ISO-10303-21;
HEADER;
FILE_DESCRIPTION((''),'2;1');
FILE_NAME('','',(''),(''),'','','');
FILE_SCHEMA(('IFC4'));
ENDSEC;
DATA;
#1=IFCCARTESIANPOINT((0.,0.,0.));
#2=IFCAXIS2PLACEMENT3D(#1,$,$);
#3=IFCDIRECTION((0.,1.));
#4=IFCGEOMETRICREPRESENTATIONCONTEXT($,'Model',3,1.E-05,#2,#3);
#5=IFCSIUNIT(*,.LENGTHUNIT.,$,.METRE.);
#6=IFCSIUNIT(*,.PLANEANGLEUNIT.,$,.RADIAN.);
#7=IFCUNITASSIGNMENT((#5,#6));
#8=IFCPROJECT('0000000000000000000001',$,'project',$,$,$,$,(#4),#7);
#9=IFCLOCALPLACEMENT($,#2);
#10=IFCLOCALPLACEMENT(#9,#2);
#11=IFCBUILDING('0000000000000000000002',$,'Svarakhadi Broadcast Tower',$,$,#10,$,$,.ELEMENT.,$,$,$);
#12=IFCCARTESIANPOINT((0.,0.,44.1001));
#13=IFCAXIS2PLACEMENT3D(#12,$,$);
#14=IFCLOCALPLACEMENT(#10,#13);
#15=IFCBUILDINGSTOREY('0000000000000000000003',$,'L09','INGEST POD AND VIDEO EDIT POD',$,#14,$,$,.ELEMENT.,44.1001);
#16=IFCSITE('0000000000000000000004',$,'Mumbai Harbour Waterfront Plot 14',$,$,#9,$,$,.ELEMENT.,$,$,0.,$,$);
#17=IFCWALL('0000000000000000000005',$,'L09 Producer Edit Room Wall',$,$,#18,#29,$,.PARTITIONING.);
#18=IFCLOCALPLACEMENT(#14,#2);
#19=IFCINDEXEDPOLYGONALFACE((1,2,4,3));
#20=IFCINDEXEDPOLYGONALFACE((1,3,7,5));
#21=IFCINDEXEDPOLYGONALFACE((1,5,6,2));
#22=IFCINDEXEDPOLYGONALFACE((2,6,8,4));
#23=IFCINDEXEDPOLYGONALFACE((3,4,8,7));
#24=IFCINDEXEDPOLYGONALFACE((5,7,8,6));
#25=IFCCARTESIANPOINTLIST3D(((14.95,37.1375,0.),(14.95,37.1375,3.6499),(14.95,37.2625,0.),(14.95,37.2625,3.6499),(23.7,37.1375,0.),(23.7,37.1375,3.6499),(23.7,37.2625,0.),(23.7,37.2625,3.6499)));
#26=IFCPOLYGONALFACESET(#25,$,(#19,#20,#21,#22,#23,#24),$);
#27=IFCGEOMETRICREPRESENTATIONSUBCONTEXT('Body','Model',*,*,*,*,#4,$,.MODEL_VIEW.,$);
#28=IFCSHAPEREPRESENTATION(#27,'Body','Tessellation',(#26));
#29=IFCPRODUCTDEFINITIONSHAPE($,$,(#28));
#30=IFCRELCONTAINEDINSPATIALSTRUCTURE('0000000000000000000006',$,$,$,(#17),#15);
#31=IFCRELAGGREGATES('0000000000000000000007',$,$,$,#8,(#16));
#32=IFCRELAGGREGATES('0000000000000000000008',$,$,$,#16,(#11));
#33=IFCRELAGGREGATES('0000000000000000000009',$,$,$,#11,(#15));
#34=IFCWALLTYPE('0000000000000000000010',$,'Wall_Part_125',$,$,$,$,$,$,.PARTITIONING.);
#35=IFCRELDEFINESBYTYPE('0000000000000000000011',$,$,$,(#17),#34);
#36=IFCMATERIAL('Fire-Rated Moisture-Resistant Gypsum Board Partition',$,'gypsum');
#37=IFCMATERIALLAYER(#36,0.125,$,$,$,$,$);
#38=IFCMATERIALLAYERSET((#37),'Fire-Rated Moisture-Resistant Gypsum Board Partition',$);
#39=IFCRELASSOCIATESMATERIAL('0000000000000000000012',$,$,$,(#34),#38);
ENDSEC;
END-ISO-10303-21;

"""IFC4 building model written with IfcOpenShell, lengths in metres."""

from ifc_helpers import new_model, si_unit, direction, frame, frame_2d, origin, place, context, subcontext, project, spatial, rectangle, extrude, material, layer, layer_set, type_object, element, save


model = new_model("IFC4")

# Units and contexts
model_context = context("Model", 3, precision=1e-05, world=origin(), true_north=direction((0.0, 1.0)))
body_context = subcontext(model_context, "Body", "Model", "MODEL_VIEW")
ifc_project = project(units=[si_unit("LENGTHUNIT", "METRE"), si_unit("PLANEANGLEUNIT", "RADIAN")], contexts=[model_context])

# Site, building, storey
site_placement = place(None, origin())
site = spatial("IfcSite", under=ifc_project, at=site_placement, Name="Mumbai Harbour Waterfront Plot 14", CompositionType="ELEMENT", RefElevation=0.0)
building_placement = place(site_placement, origin())
building = spatial("IfcBuilding", under=site, at=building_placement, Name="Svarakhadi Broadcast Tower", CompositionType="ELEMENT")
storey_placement = place(building_placement, frame((0.0, 0.0, 44.1001)))
storey = spatial("IfcBuildingStorey", under=building, at=storey_placement, Name="L09", Description="INGEST POD AND VIDEO EDIT POD", CompositionType="ELEMENT", Elevation=44.1001)

# Wall
ifc_material_1 = material(Name="Fire-Rated Moisture-Resistant Gypsum Board Partition", Category="gypsum")
ifc_layer_1 = layer(ifc_material_1, 0.125)
ifc_layer_set_1 = layer_set([ifc_layer_1], Name="Fire-Rated Moisture-Resistant Gypsum Board Partition")
wall_type_1 = type_object("IfcWallType", Name="Wall_Part_125", PredefinedType="PARTITIONING", material=ifc_layer_set_1)
wall_1_placement = place(storey_placement, frame((14.95, 37.2, 0.0), z_axis=(0.0, 0.0, 1.0), x_axis=(1.0, 0.0, 0.0)))
element("IfcWall", 1, at=wall_1_placement, inside=storey, type_object=wall_type_1, Name="L09 Producer Edit Room Wall", PredefinedType="PARTITIONING", context=body_context, shape_type="SweptSolid", body=[
    extrude(rectangle(XDim=8.75, YDim=0.125, at=frame_2d((4.375, 0.0))), origin(), (0.0, 0.0, 1.0), 3.6499),
])

save(model, "model.ifc")
